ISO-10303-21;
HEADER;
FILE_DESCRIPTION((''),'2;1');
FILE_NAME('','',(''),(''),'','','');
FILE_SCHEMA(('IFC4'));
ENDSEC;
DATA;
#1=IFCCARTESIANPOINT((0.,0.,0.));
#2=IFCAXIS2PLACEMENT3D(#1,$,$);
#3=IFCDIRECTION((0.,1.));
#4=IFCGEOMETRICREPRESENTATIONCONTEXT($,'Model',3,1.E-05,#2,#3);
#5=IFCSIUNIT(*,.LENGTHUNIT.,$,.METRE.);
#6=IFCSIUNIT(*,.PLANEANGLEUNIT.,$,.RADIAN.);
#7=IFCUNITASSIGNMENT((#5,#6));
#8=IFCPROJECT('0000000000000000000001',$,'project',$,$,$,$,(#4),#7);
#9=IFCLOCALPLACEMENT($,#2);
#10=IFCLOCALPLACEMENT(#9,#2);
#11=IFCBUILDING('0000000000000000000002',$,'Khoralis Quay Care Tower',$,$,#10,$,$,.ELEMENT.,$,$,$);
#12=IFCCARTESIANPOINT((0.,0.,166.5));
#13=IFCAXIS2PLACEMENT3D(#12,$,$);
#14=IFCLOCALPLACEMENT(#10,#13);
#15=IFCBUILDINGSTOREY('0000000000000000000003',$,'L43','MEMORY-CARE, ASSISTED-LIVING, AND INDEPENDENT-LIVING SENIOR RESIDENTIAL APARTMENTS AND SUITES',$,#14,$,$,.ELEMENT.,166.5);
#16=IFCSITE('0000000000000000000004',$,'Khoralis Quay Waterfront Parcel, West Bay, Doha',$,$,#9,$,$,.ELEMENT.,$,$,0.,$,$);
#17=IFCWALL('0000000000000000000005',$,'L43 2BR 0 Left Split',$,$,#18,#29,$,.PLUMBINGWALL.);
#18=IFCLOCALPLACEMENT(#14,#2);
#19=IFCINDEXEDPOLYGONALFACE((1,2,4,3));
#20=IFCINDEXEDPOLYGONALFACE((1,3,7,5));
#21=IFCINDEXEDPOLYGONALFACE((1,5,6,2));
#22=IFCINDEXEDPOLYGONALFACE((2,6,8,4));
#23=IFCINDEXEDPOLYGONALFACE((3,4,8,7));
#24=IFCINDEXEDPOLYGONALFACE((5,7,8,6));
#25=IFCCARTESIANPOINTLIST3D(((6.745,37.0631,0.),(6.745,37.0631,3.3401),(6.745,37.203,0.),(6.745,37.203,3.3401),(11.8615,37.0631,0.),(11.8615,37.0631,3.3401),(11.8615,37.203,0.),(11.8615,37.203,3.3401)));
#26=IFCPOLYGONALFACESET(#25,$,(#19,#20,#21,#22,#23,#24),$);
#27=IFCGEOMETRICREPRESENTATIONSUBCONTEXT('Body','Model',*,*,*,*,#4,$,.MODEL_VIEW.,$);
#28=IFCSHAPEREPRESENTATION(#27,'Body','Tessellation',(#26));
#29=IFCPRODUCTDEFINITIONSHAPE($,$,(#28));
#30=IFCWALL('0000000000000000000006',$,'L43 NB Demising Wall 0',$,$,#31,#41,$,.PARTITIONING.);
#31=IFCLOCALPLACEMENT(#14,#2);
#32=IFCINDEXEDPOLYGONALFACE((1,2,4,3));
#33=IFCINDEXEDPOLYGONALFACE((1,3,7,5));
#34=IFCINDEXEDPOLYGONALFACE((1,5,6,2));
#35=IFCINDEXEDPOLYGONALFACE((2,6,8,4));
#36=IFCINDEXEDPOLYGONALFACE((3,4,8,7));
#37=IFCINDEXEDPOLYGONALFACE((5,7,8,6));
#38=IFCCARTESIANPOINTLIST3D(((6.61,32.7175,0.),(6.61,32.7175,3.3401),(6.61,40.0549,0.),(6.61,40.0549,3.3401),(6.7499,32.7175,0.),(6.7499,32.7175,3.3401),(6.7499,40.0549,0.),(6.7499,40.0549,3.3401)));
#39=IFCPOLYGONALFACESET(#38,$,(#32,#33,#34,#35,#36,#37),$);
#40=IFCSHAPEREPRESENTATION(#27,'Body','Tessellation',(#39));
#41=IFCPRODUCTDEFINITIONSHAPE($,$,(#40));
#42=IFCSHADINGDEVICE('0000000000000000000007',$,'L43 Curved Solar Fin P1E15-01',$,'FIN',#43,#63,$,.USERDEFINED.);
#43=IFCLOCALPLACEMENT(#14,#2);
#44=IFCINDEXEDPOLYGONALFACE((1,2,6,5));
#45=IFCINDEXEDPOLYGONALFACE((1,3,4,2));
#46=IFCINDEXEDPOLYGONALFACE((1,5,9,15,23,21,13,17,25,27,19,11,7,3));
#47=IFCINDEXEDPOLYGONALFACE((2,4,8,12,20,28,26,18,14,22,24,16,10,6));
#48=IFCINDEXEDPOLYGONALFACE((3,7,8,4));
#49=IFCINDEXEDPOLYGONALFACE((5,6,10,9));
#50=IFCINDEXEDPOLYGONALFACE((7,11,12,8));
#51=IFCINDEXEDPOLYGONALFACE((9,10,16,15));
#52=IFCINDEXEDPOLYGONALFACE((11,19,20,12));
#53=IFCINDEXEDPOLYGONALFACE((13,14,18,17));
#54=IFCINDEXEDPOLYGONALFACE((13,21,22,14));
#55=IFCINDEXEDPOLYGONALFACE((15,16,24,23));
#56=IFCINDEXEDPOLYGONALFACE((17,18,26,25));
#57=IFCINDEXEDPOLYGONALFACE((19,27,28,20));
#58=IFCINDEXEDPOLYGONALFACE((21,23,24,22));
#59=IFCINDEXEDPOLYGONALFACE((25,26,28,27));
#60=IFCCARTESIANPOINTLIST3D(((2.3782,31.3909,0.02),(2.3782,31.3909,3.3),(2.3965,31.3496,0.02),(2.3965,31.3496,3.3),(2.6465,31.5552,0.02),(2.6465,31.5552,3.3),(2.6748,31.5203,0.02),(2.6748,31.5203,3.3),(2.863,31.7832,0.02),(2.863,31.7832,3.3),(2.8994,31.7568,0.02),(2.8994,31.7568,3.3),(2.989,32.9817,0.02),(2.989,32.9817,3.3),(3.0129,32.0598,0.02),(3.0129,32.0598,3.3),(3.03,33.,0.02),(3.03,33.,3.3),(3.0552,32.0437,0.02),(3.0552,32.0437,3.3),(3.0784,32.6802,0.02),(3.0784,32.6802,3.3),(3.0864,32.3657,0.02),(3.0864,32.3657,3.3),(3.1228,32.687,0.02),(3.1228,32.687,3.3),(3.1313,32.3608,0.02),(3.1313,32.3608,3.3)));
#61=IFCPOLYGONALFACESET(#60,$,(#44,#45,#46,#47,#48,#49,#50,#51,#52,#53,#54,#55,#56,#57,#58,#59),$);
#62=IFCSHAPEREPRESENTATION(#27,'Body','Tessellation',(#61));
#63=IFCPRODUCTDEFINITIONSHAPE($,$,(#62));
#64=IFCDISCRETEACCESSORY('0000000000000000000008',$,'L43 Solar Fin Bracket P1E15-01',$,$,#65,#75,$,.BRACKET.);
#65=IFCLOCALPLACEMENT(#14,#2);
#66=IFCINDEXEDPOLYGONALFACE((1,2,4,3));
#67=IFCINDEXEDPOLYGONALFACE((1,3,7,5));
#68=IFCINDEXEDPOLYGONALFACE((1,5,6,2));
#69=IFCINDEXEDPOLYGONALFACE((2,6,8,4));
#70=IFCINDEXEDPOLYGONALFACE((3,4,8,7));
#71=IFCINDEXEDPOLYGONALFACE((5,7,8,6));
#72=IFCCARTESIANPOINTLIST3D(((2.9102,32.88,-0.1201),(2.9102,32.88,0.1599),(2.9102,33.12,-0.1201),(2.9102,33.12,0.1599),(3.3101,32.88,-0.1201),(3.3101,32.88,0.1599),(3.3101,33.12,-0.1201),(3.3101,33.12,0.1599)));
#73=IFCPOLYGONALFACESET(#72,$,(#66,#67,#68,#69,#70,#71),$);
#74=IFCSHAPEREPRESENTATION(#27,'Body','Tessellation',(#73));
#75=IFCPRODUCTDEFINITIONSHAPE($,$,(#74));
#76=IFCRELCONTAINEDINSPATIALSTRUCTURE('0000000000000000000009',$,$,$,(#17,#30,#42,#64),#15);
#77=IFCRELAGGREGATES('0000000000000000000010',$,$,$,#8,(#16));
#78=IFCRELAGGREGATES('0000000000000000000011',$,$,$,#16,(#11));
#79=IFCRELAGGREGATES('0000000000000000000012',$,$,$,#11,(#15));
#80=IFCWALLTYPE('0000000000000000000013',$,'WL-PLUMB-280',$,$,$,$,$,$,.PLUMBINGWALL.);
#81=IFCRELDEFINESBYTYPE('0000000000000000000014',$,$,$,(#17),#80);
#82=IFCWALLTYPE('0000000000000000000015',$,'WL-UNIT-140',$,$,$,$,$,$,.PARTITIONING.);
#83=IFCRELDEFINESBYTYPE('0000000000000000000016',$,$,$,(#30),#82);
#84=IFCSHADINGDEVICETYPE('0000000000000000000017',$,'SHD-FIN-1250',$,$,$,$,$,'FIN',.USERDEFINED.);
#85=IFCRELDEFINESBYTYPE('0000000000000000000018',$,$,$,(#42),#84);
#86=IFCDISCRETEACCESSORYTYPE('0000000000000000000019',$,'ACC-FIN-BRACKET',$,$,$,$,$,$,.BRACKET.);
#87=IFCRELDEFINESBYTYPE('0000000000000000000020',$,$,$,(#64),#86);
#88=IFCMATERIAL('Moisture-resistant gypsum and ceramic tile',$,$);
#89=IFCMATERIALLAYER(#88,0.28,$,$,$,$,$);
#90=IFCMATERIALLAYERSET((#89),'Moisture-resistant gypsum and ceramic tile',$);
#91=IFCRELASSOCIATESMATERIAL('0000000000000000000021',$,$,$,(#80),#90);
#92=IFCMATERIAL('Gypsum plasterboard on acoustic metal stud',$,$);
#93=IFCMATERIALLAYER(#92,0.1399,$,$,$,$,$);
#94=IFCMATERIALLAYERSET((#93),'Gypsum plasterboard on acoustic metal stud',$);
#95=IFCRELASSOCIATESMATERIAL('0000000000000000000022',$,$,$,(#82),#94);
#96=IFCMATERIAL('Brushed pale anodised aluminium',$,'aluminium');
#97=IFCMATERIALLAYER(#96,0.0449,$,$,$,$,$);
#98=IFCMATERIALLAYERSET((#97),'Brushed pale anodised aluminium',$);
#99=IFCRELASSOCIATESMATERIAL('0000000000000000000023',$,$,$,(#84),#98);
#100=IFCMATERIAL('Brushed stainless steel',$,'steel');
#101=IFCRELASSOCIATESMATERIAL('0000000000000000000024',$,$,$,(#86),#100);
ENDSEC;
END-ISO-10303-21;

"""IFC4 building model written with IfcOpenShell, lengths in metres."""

from ifc_helpers import new_model, si_unit, direction, frame, frame_2d, origin, origin_2d, place, context, subcontext, project, spatial, polyline, rectangle, outline, extrude, source, transform, mapped, material, layer, layer_set, type_object, element, save


model = new_model("IFC4")

# Units and contexts
model_context = context("Model", 3, precision=1e-05, world=origin(), true_north=direction((0.0, 1.0)))
body_context = subcontext(model_context, "Body", "Model", "MODEL_VIEW")
ifc_project = project(units=[si_unit("LENGTHUNIT", "METRE"), si_unit("PLANEANGLEUNIT", "RADIAN")], contexts=[model_context])

# Site, building, storey
site_placement = place(None, origin())
site = spatial("IfcSite", under=ifc_project, at=site_placement, Name="Khoralis Quay Waterfront Parcel, West Bay, Doha", CompositionType="ELEMENT", RefElevation=0.0)
building_placement = place(site_placement, origin())
building = spatial("IfcBuilding", under=site, at=building_placement, Name="Khoralis Quay Care Tower", CompositionType="ELEMENT")
storey_placement = place(building_placement, frame((0.0, 0.0, 166.5)))
storey = spatial("IfcBuildingStorey", under=building, at=storey_placement, Name="L43", Description="MEMORY-CARE, ASSISTED-LIVING, AND INDEPENDENT-LIVING SENIOR RESIDENTIAL APARTMENTS AND SUITES", CompositionType="ELEMENT", Elevation=166.5)

# Shared definitions
ifc_material_1 = material(Name="Gypsum plasterboard on acoustic metal stud")

# Walls
ifc_material_2 = material(Name="Moisture-resistant gypsum and ceramic tile")
ifc_layer_1 = layer(ifc_material_2, 0.28)
ifc_layer_set_1 = layer_set([ifc_layer_1], Name="Moisture-resistant gypsum and ceramic tile")
wall_type_1 = type_object("IfcWallType", Name="WL-PLUMB-280", PredefinedType="PLUMBINGWALL", material=ifc_layer_set_1)
wall_1_placement = place(storey_placement, frame((6.7451, 37.1331, 0.0), z_axis=(0.0, 0.0, 1.0), x_axis=(1.0, 0.0, 0.0)))
element("IfcWall", 1, at=wall_1_placement, inside=storey, type_object=wall_type_1, Name="L43 2BR 0 Left Split", PredefinedType="PLUMBINGWALL", context=body_context, shape_type="SweptSolid", body=[
    extrude(rectangle(XDim=5.1165, YDim=0.1399, at=frame_2d((2.5581, 0.0))), origin(), (0.0, 0.0, 1.0), 3.3401),
])
ifc_layer_2 = layer(ifc_material_1, 0.1399)
ifc_layer_set_2 = layer_set([ifc_layer_2], Name="Gypsum plasterboard on acoustic metal stud")
wall_type_2 = type_object("IfcWallType", Name="WL-UNIT-140", PredefinedType="PARTITIONING", material=ifc_layer_set_2)
wall_2_placement = place(storey_placement, frame((6.6799, 32.7175, 0.0), z_axis=(0.0, 0.0, 1.0), x_axis=(0.0, 1.0, 0.0)))
element("IfcWall", 2, at=wall_2_placement, inside=storey, type_object=wall_type_2, Name="L43 NB Demising Wall 0", PredefinedType="PARTITIONING", context=body_context, shape_type="SweptSolid", body=[
    extrude(rectangle(XDim=7.3374, YDim=0.1399, at=frame_2d((3.6687, 0.0))), origin(), (0.0, 0.0, 1.0), 3.3401),
])

# Shading device
ifc_material_3 = material(Name="Brushed pale anodised aluminium", Category="aluminium")
ifc_layer_3 = layer(ifc_material_3, 0.0449)
ifc_layer_set_3 = layer_set([ifc_layer_3], Name="Brushed pale anodised aluminium")
shading_device_type = type_object("IfcShadingDeviceType", Name="SHD-FIN-1250", ElementType="FIN", PredefinedType="USERDEFINED", material=ifc_layer_set_3)
shared_shape_1 = source(origin(), body_context, "Body", "SweptSolid", [
    extrude(outline(polyline([(0.0, 0.0), (-0.0928, 0.313), (-0.1013, 0.6392), (-0.0251, 0.9563), (0.1306, 1.2432), (0.3552, 1.4797), (0.6335, 1.6504), (0.6519, 1.6091), (0.3835, 1.4448), (0.167, 1.2168), (0.0171, 0.9402), (-0.0564, 0.6343), (-0.0483, 0.3198), (0.041, 0.0183), (0.0, 0.0)])), origin(), (0.0, 0.0, 1.0), 3.28),
])
shading_device_placement = place(storey_placement, frame((3.03, 33.0, 0.02), z_axis=(0.0, 0.0, 1.0), x_axis=(-1.0, 0.0, 0.0)))
element("IfcShadingDevice", 3, at=shading_device_placement, inside=storey, type_object=shading_device_type, Name="L43 Curved Solar Fin P1E15-01", ObjectType="FIN", PredefinedType="USERDEFINED", context=body_context, shape_type="MappedRepresentation", body=[
    mapped(shared_shape_1, transform((0.0, 0.0, 0.0), scale=1.0)),
])

# Discrete accessory
ifc_material_4 = material(Name="Brushed stainless steel", Category="steel")
discrete_accessory_type = type_object("IfcDiscreteAccessoryType", Name="ACC-FIN-BRACKET", PredefinedType="BRACKET", material=ifc_material_4)
shared_shape_2 = source(origin(), body_context, "Body", "SweptSolid", [
    extrude(rectangle(XDim=0.3999, YDim=0.24, at=origin_2d()), origin(), (0.0, 0.0, 1.0), 0.28),
])
discrete_accessory_placement = place(storey_placement, frame((3.1101, 33.0, -0.1201), z_axis=(0.0, 0.0, 1.0), x_axis=(-1.0, 0.0, 0.0)))
element("IfcDiscreteAccessory", 4, at=discrete_accessory_placement, inside=storey, type_object=discrete_accessory_type, Name="L43 Solar Fin Bracket P1E15-01", PredefinedType="BRACKET", context=body_context, shape_type="MappedRepresentation", body=[
    mapped(shared_shape_2, transform((0.0, 0.0, 0.0), scale=1.0)),
])

save(model, "model.ifc")
